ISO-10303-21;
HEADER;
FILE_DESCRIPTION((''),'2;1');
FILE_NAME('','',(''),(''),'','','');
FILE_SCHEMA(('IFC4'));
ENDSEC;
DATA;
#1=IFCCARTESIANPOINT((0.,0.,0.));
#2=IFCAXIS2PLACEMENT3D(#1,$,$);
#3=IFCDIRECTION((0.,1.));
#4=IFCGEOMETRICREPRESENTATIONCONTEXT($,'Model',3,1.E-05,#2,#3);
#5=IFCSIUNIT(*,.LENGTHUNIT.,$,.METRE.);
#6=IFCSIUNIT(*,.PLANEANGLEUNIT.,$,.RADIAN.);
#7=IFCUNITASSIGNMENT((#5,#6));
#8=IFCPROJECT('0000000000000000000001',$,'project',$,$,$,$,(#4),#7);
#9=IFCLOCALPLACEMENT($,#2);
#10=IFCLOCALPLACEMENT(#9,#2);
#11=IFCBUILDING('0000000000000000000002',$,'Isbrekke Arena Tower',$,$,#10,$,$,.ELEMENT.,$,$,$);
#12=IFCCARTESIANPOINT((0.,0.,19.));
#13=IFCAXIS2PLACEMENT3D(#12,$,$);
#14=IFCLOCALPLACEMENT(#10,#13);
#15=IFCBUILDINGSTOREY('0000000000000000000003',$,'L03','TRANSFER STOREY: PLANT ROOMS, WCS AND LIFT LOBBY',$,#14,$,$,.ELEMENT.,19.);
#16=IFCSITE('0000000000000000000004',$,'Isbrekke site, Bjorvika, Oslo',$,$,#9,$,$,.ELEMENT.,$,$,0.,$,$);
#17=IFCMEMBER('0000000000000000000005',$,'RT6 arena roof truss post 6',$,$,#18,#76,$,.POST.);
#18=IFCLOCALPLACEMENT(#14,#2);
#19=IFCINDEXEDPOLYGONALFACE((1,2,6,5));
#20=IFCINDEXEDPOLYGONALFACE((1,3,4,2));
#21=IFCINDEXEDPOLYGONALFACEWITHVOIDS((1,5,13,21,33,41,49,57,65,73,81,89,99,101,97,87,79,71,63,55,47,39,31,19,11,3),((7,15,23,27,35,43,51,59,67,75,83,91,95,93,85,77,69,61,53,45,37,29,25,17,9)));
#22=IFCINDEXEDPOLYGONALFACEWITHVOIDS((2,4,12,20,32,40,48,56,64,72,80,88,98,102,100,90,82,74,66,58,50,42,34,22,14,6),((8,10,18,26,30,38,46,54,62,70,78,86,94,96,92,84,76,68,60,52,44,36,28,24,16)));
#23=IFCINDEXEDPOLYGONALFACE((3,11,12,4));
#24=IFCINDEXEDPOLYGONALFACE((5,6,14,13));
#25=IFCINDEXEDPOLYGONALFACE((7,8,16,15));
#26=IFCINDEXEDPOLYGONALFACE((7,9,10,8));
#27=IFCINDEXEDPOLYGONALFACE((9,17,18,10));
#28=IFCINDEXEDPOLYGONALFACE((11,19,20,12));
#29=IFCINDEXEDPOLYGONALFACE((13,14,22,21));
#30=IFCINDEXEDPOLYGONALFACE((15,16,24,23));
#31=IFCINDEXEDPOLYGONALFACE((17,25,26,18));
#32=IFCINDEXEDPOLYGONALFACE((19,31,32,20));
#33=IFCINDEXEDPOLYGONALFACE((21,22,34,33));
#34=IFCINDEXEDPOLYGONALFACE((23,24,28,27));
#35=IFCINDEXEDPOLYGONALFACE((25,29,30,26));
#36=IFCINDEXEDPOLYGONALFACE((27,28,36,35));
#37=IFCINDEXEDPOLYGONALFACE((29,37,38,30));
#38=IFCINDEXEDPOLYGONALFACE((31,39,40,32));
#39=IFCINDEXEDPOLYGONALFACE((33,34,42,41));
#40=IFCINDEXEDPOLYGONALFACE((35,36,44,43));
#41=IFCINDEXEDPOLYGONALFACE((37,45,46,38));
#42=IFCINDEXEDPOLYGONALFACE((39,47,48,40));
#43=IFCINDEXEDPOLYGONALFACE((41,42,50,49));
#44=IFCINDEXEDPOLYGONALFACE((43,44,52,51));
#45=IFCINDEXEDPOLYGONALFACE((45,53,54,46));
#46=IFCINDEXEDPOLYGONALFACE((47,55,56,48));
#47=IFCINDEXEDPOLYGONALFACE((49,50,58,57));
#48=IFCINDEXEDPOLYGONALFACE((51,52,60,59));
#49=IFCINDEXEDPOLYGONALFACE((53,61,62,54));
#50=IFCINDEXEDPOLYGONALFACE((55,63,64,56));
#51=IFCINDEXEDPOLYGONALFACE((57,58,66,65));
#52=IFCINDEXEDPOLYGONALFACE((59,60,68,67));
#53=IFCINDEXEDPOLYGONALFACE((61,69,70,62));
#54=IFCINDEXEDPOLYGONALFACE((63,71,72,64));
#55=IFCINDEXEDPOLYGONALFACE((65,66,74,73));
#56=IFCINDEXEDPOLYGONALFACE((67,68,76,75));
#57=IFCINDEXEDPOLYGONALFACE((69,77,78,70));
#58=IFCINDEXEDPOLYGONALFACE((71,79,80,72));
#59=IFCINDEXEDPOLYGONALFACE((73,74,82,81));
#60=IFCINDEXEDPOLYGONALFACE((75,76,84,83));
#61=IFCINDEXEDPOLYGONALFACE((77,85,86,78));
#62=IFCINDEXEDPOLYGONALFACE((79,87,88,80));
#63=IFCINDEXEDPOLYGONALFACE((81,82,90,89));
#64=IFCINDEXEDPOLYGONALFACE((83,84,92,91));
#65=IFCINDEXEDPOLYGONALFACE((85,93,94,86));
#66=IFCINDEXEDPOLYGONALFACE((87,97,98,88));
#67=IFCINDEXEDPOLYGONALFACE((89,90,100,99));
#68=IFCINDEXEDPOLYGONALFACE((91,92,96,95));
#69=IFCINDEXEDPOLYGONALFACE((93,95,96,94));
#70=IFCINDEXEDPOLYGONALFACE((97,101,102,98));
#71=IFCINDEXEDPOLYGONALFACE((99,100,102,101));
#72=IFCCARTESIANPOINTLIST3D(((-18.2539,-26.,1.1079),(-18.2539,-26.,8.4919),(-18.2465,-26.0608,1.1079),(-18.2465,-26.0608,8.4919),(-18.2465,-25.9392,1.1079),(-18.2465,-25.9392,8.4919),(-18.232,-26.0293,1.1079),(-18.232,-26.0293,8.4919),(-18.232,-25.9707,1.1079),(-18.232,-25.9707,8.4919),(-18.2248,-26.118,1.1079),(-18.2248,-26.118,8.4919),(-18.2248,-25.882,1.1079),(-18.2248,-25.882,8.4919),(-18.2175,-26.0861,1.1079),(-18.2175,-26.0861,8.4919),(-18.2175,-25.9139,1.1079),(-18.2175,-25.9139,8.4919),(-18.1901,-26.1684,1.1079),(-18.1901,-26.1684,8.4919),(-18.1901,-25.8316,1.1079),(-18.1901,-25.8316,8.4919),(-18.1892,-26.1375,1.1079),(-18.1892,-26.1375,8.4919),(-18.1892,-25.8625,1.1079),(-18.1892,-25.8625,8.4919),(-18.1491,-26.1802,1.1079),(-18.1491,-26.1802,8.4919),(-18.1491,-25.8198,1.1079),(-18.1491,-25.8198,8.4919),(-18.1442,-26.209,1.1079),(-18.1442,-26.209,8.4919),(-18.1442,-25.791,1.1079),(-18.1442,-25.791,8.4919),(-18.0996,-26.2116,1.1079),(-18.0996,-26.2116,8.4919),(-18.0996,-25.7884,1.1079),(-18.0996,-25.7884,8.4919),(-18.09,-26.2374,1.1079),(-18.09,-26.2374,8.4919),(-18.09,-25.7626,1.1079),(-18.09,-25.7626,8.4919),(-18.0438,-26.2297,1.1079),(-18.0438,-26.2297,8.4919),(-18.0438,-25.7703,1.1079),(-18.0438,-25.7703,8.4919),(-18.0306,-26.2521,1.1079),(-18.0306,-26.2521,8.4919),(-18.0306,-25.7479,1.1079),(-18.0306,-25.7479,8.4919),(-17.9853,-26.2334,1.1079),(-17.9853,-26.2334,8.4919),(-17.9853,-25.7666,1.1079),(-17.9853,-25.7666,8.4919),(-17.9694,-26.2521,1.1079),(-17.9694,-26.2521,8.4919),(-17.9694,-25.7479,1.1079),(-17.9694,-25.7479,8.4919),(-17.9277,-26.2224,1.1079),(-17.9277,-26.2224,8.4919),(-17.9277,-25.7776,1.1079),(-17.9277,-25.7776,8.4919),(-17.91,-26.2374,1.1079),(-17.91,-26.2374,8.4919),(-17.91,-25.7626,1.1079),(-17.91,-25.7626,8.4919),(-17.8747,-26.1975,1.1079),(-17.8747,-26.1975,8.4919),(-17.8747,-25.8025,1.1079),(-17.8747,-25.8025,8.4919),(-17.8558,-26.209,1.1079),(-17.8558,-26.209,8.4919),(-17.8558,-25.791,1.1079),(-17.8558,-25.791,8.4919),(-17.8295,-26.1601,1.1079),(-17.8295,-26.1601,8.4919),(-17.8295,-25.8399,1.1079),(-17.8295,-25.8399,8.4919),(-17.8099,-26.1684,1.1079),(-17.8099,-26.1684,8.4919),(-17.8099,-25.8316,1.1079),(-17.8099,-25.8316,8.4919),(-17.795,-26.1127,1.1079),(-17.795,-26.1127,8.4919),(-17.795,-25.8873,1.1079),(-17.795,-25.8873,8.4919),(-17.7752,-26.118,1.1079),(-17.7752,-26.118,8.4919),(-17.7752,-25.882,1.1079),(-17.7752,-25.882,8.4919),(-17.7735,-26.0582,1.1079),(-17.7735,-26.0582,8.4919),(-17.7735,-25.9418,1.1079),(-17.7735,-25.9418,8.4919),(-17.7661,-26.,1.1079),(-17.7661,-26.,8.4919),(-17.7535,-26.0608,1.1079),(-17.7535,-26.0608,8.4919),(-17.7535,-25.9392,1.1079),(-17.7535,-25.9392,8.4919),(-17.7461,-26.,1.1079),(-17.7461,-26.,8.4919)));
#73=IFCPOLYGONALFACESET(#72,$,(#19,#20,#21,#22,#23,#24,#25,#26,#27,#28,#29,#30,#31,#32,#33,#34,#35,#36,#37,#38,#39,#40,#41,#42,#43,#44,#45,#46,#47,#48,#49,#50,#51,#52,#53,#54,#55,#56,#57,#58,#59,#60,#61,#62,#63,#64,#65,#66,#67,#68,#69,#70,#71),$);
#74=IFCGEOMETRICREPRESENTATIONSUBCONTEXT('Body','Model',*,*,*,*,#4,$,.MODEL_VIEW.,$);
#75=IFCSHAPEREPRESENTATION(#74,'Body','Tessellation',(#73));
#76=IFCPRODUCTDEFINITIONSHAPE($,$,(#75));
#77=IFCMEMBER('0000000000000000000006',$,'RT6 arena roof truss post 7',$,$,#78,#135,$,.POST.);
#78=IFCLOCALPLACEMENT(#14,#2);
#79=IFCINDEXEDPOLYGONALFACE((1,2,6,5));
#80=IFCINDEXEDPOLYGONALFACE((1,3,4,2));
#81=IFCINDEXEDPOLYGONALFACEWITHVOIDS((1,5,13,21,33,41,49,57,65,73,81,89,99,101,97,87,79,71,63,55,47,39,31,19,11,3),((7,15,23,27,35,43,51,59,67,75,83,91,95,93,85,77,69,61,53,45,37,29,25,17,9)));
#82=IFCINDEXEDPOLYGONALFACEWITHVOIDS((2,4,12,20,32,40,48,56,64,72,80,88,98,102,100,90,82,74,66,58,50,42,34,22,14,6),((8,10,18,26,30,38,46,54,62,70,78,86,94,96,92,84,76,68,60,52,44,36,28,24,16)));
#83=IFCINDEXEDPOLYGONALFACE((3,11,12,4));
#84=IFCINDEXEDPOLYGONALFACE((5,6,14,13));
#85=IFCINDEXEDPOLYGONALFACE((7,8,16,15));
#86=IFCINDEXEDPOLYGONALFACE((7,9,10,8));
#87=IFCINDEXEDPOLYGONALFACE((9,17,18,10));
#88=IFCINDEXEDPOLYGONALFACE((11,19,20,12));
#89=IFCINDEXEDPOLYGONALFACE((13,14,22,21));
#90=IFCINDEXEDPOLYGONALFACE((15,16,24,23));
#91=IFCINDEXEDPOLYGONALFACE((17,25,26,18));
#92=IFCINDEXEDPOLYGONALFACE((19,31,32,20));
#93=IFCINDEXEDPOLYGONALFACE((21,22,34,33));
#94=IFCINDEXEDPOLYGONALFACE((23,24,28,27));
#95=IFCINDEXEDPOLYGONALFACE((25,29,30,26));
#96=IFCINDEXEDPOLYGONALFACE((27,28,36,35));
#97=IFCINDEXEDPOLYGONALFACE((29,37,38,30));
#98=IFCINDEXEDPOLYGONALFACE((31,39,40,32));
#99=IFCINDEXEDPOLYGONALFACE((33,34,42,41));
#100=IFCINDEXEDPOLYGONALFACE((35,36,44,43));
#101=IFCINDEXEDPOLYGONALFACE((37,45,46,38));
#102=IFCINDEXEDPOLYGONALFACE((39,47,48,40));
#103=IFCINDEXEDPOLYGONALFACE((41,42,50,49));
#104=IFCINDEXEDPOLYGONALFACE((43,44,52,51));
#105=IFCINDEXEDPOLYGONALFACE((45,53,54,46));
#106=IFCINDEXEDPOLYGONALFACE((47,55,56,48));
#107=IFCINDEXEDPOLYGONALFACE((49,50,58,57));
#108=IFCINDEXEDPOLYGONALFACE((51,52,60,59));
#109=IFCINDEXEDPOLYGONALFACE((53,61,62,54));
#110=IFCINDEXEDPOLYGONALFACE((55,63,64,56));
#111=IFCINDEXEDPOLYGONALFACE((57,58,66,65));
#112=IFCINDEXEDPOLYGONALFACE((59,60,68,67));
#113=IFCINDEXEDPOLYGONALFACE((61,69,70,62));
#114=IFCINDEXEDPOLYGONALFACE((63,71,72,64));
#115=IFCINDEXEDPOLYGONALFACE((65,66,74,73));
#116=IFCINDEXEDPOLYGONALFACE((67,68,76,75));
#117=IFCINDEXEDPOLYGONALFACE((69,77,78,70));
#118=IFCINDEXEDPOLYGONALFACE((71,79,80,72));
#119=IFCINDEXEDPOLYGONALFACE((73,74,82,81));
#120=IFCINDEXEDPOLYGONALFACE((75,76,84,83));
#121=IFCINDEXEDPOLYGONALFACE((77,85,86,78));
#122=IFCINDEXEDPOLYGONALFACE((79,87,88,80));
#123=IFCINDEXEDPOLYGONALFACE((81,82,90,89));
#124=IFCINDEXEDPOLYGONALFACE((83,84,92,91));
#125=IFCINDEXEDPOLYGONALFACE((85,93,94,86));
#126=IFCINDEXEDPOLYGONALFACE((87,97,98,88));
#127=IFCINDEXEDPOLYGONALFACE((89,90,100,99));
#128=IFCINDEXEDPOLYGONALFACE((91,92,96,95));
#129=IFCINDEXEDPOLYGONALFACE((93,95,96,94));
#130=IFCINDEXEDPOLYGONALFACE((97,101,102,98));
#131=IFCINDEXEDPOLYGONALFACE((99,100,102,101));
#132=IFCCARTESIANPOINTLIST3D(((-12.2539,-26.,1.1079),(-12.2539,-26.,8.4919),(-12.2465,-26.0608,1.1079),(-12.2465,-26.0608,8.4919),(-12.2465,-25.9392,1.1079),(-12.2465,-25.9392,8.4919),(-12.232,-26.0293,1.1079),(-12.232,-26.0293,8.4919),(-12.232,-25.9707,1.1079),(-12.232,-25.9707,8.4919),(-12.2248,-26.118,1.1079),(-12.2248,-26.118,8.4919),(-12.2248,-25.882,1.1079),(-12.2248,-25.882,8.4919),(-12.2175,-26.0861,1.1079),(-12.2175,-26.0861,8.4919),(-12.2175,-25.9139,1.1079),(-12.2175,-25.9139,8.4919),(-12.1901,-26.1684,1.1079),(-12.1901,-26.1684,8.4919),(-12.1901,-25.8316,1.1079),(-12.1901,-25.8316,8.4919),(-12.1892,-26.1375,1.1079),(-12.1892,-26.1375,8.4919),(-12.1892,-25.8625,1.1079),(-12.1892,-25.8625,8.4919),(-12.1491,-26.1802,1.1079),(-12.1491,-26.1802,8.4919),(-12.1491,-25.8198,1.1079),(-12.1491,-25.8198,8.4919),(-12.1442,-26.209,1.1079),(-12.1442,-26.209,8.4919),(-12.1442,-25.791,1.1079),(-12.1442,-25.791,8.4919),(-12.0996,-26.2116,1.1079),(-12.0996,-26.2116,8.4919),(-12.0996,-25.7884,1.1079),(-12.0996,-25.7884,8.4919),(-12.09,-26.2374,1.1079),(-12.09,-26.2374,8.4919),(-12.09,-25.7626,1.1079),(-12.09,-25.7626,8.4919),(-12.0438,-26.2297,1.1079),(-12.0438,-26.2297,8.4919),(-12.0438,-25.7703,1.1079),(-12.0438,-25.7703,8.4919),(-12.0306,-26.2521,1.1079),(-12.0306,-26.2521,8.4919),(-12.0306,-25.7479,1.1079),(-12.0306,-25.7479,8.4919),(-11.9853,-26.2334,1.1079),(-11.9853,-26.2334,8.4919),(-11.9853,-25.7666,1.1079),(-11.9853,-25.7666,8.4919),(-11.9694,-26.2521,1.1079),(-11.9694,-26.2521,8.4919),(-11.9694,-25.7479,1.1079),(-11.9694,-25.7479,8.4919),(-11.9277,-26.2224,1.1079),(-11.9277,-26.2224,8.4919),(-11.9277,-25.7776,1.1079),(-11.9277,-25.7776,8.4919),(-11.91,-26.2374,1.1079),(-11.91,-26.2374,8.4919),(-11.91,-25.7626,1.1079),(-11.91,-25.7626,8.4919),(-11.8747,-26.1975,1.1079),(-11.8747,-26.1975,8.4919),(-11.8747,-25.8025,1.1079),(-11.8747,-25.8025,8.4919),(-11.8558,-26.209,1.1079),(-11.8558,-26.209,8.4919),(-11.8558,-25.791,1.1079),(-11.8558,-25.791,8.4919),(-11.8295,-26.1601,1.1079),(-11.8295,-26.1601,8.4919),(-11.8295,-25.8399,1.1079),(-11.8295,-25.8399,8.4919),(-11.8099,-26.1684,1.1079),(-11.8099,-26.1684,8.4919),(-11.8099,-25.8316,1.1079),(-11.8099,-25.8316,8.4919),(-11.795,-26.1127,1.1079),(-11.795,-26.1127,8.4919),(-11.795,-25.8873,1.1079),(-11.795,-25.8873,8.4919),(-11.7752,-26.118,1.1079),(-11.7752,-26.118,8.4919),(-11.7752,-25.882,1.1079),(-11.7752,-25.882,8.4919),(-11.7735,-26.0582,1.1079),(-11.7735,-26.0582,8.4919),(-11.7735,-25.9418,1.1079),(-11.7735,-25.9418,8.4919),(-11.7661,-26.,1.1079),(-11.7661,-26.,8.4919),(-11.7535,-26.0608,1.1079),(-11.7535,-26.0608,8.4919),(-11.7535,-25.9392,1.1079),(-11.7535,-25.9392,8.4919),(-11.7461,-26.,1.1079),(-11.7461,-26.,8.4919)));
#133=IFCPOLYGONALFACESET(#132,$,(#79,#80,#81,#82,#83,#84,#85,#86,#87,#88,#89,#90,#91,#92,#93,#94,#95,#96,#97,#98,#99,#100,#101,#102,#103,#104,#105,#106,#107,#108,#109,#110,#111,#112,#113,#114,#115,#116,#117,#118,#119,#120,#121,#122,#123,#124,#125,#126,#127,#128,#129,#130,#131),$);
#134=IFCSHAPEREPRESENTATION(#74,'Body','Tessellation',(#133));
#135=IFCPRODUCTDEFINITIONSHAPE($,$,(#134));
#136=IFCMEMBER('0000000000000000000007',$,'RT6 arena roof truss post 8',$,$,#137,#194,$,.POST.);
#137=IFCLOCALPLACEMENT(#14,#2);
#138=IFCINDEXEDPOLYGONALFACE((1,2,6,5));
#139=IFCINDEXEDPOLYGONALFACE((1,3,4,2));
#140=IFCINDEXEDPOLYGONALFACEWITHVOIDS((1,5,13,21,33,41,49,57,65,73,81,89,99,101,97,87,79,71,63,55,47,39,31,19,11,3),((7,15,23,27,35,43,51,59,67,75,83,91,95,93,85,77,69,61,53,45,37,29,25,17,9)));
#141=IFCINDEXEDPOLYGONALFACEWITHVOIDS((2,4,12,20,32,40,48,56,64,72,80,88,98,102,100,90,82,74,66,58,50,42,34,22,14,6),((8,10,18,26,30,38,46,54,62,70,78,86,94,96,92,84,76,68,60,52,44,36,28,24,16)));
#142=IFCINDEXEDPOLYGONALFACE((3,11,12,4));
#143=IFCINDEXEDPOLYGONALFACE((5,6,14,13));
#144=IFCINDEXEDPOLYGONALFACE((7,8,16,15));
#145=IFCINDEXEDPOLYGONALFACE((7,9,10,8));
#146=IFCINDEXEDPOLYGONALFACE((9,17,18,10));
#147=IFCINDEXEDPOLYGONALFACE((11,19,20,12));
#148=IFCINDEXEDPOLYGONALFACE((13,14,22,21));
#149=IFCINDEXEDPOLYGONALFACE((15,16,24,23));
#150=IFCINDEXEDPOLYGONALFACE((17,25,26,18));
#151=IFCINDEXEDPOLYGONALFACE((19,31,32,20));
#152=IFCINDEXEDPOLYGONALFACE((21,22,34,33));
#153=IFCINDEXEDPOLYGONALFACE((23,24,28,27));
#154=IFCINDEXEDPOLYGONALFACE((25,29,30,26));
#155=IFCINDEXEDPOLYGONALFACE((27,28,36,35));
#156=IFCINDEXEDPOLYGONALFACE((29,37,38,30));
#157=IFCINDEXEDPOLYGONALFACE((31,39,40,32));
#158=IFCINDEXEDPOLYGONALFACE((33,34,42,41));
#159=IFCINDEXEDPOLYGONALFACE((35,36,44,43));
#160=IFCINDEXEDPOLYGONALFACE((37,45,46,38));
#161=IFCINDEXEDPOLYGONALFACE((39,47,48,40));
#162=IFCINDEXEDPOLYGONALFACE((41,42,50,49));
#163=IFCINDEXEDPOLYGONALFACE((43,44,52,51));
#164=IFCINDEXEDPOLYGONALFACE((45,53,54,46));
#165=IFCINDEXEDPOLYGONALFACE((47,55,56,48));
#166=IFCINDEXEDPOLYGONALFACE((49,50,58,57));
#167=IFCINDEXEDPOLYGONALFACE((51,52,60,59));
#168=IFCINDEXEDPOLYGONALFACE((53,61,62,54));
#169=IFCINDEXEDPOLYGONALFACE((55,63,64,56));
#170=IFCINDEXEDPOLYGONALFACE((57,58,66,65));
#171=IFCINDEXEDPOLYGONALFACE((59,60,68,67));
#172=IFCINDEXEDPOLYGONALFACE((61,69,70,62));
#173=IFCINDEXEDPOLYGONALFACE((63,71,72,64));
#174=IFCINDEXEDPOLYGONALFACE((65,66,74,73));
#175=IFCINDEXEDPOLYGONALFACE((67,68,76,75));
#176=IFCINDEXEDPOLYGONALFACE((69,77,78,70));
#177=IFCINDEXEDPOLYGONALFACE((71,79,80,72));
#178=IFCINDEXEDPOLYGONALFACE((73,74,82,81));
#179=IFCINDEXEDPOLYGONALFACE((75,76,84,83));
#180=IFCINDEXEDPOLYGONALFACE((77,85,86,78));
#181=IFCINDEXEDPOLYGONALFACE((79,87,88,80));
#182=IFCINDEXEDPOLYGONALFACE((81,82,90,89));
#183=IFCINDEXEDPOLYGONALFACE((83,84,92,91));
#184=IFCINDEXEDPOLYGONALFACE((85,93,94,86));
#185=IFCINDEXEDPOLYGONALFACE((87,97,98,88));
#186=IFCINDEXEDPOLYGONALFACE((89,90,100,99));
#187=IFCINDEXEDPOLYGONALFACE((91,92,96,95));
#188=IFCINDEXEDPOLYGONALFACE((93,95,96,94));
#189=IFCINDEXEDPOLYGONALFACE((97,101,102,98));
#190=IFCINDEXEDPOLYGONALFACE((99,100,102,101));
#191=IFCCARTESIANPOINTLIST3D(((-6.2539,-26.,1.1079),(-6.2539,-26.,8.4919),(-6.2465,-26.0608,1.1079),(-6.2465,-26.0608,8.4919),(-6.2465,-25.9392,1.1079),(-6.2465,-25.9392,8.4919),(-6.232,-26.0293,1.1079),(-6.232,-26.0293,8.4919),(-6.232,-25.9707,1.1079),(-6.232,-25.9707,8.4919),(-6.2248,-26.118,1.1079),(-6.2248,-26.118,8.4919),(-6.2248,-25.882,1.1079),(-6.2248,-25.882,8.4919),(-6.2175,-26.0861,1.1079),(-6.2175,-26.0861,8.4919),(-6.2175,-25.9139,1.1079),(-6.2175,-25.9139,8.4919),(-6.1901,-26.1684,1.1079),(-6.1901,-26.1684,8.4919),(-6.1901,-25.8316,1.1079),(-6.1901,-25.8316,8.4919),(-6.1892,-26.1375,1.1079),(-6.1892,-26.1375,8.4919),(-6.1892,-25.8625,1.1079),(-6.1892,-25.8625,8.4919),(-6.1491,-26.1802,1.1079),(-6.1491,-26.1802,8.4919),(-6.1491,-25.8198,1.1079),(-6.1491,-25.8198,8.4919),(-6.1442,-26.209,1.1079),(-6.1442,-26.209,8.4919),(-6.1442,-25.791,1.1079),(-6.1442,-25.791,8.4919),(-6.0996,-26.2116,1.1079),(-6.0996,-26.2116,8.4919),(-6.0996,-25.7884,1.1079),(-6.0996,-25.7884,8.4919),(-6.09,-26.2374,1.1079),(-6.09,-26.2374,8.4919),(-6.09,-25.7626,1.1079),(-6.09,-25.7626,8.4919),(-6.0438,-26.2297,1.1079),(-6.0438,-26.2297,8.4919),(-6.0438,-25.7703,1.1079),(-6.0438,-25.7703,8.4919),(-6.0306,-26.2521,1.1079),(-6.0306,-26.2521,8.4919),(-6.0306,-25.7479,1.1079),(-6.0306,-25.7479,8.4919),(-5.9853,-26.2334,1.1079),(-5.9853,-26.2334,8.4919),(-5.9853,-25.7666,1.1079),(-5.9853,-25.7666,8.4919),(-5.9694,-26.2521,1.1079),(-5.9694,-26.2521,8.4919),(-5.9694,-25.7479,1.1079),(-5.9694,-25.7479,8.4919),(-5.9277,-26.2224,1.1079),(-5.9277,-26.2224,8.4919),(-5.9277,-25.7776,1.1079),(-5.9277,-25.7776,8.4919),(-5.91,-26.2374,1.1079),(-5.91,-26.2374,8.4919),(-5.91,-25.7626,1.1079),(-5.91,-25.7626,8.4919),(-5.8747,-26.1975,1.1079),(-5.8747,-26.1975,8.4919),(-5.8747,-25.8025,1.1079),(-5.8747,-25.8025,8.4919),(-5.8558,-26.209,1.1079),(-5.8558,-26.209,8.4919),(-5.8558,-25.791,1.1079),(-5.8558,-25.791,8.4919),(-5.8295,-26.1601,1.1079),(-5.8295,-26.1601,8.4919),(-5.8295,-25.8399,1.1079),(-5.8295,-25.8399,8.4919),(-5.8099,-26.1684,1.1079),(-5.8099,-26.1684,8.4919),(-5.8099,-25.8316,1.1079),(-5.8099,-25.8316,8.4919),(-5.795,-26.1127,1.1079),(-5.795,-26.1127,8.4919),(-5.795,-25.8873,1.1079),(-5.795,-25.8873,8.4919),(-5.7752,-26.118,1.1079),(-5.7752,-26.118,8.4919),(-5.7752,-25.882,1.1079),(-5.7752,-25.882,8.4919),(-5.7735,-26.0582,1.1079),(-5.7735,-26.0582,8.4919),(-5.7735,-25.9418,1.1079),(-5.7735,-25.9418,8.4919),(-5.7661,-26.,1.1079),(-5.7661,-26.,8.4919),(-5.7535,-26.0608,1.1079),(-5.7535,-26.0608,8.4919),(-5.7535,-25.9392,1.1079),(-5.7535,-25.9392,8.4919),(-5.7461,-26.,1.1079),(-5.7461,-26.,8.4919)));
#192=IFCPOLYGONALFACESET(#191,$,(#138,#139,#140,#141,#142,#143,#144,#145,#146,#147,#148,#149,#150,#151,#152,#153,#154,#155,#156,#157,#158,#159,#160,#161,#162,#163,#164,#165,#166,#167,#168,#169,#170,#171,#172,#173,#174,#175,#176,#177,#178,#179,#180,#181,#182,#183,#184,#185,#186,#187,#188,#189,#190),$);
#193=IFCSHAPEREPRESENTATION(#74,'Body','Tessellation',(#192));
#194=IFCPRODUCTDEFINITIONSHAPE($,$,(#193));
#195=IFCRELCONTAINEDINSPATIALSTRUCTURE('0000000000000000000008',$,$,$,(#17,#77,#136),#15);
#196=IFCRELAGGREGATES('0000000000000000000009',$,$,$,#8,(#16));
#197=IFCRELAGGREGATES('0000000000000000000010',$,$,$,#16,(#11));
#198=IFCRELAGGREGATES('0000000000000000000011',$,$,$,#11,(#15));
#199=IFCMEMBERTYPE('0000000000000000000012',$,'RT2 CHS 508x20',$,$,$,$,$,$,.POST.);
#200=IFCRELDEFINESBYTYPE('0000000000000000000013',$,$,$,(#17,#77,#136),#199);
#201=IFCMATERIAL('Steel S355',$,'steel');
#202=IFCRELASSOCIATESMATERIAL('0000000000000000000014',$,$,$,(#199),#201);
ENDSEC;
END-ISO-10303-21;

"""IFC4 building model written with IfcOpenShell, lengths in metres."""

from ifc_helpers import new_model, si_unit, direction, frame, origin, origin_2d, place, context, subcontext, project, spatial, hollow_circle, extrude, material, material_profile, profile_set, type_object, element, save


model = new_model("IFC4")

# Units and contexts
model_context = context("Model", 3, precision=1e-05, world=origin(), true_north=direction((0.0, 1.0)))
body_context = subcontext(model_context, "Body", "Model", "MODEL_VIEW")
ifc_project = project(units=[si_unit("LENGTHUNIT", "METRE"), si_unit("PLANEANGLEUNIT", "RADIAN")], contexts=[model_context])

# Site, building, storey
site_placement = place(None, origin())
site = spatial("IfcSite", under=ifc_project, at=site_placement, Name="Isbrekke site, Bjorvika, Oslo", CompositionType="ELEMENT", RefElevation=0.0)
building_placement = place(site_placement, origin())
building = spatial("IfcBuilding", under=site, at=building_placement, Name="Isbrekke Arena Tower", CompositionType="ELEMENT")
storey_placement = place(building_placement, frame((0.0, 0.0, 19.0)))
storey = spatial("IfcBuildingStorey", under=building, at=storey_placement, Name="L03", Description="TRANSFER STOREY: PLANT ROOMS, WCS AND LIFT LOBBY", CompositionType="ELEMENT", Elevation=19.0)

# Members
ifc_material_1 = material(Name="Steel S355", Category="steel")
ifc_material_profile_1 = material_profile(ifc_material_1, hollow_circle(Radius=0.2539, WallThickness=0.02, at=origin_2d()), Name="CHS 508x20")
ifc_profile_set_1 = profile_set([ifc_material_profile_1], Name="Steel S355")
member_type_1 = type_object("IfcMemberType", Name="RT2 CHS 508x20", PredefinedType="POST", material=ifc_profile_set_1)
for number, where, z_axis, x_axis, name in (
    (1, (-18.0, -26.0, 1.1079), (0.0, 0.0, 1.0), (1.0, 0.0, 0.0), "RT6 arena roof truss post 6"),
    (2, (-12.0, -26.0, 1.1079), (0.0, 0.0, 1.0), (1.0, 0.0, 0.0), "RT6 arena roof truss post 7"),
    (3, (-6.0, -26.0, 1.1079), (0.0, 0.0, 1.0), (1.0, 0.0, 0.0), "RT6 arena roof truss post 8"),
):
    element("IfcMember", number, at=place(storey_placement, frame(where, z_axis=z_axis, x_axis=x_axis)), inside=storey, type_object=member_type_1, Name=name, PredefinedType="POST", context=body_context, shape_type="SweptSolid", body=[
        extrude(hollow_circle(Radius=0.2539, WallThickness=0.02, at=origin_2d()), origin(), (0.0, 0.0, 1.0), 7.384),
    ])

save(model, "model.ifc")
